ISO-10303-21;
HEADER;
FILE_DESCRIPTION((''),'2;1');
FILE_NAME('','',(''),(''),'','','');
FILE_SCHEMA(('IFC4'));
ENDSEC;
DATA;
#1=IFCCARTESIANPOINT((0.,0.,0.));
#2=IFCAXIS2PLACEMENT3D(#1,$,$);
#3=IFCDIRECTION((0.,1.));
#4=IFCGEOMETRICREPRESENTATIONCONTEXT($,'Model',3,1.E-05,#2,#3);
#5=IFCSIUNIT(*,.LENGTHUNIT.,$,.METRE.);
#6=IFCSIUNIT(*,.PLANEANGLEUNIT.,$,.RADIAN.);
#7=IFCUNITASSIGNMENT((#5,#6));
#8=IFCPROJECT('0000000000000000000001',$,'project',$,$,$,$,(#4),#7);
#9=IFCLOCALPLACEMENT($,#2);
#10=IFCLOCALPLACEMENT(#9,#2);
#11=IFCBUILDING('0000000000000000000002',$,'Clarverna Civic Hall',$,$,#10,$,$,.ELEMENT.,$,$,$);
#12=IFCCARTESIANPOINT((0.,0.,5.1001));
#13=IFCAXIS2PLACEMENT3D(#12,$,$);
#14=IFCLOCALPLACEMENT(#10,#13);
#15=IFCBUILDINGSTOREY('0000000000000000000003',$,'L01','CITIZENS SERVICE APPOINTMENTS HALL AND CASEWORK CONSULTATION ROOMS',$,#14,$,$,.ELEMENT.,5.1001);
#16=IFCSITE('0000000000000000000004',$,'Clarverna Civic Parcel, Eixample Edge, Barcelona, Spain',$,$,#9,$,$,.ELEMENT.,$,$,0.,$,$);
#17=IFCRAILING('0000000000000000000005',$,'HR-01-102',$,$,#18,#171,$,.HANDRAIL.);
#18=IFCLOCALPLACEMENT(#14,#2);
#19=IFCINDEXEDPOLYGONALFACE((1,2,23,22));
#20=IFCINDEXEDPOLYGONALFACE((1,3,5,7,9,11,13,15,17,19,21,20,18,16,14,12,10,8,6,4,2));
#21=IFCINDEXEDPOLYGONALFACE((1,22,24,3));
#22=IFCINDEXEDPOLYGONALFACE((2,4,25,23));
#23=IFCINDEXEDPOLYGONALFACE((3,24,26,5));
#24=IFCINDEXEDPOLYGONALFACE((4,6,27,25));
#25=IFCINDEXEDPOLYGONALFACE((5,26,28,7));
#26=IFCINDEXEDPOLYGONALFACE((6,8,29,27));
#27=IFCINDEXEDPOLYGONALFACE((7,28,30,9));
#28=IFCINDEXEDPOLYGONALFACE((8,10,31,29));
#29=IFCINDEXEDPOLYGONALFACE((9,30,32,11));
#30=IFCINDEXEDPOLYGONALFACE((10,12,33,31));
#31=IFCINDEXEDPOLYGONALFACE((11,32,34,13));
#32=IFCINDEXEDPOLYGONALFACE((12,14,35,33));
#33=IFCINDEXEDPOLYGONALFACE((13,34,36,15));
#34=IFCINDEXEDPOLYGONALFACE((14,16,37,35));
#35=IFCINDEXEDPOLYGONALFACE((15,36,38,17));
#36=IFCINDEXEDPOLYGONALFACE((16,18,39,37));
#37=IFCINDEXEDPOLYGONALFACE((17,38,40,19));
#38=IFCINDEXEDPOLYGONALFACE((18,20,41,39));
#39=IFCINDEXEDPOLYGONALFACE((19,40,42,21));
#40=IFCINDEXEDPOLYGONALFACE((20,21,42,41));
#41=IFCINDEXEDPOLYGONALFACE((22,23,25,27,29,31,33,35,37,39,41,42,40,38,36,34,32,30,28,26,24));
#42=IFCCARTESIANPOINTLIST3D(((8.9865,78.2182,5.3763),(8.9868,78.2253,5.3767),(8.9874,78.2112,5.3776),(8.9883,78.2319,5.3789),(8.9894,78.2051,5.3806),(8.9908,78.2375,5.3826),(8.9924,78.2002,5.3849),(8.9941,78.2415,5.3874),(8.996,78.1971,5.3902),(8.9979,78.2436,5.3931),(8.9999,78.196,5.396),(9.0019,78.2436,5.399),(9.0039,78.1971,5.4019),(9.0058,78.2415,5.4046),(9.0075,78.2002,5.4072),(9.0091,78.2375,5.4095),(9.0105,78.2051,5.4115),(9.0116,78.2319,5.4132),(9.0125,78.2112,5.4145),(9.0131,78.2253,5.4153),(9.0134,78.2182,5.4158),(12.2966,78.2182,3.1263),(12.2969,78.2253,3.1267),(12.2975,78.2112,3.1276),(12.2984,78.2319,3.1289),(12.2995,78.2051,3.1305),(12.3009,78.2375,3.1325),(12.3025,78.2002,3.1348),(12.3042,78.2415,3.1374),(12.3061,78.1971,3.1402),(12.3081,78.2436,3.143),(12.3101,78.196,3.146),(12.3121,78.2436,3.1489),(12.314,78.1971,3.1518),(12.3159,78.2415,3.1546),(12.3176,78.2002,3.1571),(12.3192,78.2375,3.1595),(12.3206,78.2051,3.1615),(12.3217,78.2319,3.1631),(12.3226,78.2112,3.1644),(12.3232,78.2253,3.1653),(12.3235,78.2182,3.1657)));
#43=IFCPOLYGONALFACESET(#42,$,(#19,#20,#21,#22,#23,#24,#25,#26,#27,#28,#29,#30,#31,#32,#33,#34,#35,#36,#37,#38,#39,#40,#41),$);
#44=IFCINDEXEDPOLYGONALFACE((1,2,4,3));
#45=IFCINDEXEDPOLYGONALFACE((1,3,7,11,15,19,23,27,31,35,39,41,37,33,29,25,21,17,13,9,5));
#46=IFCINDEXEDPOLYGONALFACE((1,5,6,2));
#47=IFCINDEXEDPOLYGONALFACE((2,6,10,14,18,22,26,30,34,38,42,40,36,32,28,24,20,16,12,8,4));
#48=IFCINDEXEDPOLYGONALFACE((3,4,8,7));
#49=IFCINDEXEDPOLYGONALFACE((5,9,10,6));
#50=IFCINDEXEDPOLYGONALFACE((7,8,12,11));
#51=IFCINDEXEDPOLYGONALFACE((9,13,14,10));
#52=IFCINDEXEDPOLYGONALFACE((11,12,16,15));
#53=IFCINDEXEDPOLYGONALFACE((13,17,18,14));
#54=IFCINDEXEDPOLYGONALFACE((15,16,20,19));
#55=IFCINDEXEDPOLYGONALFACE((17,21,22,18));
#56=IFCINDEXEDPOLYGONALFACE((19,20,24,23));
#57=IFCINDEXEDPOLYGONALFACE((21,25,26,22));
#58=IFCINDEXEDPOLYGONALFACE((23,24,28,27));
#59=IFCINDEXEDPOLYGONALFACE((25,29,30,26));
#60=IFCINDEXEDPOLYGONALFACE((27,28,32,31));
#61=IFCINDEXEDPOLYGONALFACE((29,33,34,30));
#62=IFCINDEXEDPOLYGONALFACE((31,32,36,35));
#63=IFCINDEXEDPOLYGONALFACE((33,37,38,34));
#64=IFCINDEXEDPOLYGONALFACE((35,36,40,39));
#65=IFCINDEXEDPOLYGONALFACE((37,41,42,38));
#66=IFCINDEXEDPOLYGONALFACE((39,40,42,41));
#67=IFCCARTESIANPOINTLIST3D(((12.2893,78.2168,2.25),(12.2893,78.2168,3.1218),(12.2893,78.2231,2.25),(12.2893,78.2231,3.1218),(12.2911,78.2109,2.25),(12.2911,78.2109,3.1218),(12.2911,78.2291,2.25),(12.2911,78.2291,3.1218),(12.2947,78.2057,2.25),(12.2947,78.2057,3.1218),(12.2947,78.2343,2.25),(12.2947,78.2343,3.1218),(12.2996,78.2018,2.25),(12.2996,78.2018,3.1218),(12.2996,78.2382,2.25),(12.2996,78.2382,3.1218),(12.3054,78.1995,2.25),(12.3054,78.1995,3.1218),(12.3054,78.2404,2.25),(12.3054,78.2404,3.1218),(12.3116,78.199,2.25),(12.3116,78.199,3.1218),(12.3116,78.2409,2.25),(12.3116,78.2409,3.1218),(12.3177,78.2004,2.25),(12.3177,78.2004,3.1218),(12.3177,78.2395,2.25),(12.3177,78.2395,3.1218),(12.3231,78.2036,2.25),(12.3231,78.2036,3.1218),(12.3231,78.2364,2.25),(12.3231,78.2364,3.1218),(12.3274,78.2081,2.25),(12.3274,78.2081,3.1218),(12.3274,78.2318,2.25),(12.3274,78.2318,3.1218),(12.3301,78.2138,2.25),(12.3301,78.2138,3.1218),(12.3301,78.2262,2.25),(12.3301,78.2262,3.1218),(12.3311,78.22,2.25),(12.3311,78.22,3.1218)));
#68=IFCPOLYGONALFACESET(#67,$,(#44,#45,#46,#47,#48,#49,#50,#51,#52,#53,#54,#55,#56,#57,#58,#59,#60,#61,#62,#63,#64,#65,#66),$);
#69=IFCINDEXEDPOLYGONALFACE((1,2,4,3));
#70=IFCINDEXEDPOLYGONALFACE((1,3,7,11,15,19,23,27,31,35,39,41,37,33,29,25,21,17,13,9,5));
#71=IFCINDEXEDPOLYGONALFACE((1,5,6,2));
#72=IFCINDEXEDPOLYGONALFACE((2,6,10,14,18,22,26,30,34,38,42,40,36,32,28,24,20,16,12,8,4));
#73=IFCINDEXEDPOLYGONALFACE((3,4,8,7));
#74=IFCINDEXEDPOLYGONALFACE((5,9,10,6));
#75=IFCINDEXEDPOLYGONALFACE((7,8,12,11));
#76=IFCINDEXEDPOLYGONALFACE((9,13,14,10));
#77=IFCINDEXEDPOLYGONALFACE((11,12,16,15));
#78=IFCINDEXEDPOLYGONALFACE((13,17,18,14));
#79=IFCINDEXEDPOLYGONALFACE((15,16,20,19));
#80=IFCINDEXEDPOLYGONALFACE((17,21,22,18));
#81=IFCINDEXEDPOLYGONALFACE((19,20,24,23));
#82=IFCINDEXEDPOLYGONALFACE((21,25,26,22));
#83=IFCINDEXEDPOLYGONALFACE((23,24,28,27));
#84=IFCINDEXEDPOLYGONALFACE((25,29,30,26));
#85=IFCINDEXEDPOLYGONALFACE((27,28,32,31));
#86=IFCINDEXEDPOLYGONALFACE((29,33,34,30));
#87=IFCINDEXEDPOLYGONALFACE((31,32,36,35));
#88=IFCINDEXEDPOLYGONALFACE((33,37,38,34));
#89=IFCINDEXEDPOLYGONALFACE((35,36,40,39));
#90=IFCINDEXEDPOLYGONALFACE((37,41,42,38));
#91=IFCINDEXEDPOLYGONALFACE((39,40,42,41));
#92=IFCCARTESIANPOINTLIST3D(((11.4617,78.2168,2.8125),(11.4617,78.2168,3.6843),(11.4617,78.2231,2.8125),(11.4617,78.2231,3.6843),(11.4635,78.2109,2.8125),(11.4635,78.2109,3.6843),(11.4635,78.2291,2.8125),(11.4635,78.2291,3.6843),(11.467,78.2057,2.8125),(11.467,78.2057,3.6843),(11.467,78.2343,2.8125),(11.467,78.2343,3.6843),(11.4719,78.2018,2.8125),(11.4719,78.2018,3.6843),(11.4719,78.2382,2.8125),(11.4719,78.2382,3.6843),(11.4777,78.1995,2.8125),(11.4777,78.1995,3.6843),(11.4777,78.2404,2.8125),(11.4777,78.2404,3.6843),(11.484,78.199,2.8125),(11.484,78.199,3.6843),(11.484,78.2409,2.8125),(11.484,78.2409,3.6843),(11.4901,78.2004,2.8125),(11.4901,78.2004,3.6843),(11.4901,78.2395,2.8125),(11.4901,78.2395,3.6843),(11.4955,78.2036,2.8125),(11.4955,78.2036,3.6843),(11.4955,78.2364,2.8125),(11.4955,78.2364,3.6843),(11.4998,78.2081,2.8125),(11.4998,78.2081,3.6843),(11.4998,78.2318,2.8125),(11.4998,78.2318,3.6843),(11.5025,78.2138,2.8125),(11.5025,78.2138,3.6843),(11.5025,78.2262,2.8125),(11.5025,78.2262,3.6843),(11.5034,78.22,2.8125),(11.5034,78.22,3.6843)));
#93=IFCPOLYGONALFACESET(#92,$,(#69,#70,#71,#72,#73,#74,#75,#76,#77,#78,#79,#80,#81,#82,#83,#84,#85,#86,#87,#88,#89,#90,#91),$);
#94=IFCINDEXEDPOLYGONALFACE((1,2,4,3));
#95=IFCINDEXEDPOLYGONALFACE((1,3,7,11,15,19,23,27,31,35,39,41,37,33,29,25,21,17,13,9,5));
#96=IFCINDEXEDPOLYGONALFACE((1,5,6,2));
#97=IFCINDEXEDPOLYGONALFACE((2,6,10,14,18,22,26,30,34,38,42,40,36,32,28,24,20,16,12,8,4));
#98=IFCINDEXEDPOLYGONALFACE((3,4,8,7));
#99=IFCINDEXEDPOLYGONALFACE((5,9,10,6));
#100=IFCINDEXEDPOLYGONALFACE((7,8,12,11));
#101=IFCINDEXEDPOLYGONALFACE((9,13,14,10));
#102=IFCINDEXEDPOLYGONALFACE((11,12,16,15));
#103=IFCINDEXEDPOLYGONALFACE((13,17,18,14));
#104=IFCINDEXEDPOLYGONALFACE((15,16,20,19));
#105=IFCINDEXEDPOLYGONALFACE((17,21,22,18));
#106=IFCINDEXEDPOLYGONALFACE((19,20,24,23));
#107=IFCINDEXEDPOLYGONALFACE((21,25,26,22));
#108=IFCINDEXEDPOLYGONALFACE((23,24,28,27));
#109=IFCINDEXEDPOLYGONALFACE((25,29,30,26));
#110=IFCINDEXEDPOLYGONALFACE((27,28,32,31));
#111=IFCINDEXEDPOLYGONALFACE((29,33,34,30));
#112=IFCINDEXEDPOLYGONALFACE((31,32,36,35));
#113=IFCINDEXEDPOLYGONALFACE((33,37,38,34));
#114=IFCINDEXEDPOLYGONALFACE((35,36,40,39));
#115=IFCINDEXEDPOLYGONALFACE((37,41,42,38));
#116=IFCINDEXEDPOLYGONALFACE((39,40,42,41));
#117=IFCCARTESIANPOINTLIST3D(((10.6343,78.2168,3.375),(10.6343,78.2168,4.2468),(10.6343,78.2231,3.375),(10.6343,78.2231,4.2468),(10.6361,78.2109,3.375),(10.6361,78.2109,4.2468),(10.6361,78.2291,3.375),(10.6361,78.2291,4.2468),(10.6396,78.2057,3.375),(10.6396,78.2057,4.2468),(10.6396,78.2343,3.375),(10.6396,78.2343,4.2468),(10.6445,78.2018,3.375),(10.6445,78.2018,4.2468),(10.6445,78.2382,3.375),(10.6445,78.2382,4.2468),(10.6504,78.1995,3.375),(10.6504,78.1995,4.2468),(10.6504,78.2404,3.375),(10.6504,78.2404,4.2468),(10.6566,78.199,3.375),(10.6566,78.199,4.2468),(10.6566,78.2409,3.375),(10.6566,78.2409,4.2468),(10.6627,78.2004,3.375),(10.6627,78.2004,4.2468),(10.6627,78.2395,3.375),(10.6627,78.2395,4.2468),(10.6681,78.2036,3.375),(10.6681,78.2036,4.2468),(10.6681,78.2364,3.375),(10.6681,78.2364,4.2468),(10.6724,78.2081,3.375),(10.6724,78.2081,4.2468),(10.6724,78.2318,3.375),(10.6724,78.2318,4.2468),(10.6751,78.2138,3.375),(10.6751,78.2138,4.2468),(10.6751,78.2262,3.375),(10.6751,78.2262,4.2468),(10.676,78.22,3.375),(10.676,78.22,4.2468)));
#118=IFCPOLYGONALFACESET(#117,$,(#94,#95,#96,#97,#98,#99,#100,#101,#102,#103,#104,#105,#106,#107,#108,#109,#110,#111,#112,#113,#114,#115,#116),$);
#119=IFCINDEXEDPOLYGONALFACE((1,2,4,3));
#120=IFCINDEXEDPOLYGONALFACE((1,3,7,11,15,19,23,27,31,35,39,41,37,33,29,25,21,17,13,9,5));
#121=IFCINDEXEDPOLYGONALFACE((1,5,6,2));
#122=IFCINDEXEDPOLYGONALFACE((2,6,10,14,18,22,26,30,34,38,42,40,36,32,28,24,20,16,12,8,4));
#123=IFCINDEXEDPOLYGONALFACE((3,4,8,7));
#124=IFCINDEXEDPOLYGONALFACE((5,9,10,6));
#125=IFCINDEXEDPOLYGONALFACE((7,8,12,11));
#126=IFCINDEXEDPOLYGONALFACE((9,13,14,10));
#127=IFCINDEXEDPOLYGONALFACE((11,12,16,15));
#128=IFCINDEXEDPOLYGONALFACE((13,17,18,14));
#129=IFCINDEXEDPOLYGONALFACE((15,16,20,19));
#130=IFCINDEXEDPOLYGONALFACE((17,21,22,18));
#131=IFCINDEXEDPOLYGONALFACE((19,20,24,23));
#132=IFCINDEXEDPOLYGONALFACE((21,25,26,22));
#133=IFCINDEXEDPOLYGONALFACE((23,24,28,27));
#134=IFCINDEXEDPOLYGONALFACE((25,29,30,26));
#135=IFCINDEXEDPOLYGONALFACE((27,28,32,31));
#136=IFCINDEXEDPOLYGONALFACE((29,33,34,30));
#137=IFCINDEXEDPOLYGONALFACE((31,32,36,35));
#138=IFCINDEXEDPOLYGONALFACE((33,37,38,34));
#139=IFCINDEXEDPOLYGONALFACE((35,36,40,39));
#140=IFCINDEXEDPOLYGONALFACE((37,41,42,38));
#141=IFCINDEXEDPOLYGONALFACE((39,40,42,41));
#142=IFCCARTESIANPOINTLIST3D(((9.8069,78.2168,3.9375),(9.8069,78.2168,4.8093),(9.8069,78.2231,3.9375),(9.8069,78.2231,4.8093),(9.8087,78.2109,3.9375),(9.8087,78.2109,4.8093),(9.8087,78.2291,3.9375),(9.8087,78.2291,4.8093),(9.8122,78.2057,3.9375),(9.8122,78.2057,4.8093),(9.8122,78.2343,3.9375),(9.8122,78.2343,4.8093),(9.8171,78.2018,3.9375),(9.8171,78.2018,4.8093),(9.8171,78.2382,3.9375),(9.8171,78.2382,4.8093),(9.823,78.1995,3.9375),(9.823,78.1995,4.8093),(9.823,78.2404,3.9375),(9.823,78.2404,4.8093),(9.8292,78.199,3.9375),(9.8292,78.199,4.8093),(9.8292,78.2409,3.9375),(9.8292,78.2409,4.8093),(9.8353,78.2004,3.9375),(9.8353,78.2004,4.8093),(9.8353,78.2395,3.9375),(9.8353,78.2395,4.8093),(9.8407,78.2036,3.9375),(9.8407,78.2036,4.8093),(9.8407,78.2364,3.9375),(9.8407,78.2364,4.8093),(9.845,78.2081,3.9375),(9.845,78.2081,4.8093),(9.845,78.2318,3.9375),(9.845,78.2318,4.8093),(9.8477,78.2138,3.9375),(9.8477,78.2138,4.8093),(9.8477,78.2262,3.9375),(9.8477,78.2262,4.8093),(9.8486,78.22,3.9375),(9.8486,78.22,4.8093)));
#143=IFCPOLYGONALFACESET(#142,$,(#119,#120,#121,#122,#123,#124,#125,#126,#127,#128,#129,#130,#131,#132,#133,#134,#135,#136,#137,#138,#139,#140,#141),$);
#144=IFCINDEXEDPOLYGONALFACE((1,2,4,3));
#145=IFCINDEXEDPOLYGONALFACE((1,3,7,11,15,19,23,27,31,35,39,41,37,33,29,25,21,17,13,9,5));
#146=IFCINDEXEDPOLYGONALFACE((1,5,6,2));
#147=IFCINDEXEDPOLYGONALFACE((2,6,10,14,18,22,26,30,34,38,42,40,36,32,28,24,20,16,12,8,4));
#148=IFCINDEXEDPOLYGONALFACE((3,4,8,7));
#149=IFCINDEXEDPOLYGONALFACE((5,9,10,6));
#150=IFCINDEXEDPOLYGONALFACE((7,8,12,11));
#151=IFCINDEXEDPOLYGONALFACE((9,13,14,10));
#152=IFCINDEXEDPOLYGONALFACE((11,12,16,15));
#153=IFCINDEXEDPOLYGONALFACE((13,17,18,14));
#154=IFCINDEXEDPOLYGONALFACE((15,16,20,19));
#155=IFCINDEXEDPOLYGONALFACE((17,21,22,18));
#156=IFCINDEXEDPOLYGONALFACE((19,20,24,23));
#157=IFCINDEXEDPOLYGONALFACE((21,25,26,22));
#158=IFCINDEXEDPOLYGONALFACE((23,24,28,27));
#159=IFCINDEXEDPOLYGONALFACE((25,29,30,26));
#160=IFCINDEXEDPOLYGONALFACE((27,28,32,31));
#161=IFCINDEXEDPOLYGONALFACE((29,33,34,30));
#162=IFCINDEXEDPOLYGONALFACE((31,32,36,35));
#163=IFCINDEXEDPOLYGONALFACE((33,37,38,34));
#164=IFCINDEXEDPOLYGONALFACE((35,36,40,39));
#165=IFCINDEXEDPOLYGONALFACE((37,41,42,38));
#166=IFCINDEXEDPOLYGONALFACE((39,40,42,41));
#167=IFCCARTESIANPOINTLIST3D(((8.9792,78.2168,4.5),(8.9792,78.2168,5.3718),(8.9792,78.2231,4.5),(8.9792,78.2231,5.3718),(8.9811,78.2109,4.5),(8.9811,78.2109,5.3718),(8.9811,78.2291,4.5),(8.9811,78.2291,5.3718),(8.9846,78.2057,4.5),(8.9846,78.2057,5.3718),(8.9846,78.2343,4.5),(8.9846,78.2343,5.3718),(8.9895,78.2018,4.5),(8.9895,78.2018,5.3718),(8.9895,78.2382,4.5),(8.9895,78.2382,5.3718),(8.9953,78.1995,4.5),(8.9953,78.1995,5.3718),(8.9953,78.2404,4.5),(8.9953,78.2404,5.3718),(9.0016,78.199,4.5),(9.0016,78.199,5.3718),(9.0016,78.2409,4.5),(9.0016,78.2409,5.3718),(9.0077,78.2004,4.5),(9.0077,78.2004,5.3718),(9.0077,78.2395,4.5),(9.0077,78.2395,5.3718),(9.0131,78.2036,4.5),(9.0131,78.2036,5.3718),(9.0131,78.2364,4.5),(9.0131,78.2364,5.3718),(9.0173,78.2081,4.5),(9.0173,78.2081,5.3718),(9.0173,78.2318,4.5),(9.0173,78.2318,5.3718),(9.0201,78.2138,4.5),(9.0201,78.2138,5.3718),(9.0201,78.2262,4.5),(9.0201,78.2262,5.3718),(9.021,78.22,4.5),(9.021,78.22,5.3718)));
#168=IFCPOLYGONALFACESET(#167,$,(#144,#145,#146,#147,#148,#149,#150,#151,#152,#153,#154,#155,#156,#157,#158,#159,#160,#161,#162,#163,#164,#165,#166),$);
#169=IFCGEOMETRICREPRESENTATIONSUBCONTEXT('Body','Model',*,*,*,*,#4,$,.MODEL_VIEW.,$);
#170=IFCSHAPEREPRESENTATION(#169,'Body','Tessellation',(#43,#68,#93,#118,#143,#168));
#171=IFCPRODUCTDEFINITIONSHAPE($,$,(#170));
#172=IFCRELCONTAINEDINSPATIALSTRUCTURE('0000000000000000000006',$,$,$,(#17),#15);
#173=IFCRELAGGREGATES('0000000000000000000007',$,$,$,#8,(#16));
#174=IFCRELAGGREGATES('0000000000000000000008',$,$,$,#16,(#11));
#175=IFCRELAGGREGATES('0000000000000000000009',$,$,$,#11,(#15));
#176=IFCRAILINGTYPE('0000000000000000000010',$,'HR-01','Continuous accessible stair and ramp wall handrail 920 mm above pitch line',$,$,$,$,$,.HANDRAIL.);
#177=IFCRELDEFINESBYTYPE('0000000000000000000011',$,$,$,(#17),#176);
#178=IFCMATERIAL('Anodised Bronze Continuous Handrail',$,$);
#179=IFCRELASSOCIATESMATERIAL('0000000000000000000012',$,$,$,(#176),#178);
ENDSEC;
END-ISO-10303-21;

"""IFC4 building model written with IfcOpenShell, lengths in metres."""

from ifc_helpers import new_model, si_unit, direction, frame, origin, origin_2d, place, context, subcontext, project, spatial, circle, extrude, material, type_object, element, save


model = new_model("IFC4")

# Units and contexts
model_context = context("Model", 3, precision=1e-05, world=origin(), true_north=direction((0.0, 1.0)))
body_context = subcontext(model_context, "Body", "Model", "MODEL_VIEW")
ifc_project = project(units=[si_unit("LENGTHUNIT", "METRE"), si_unit("PLANEANGLEUNIT", "RADIAN")], contexts=[model_context])

# Site, building, storey
site_placement = place(None, origin())
site = spatial("IfcSite", under=ifc_project, at=site_placement, Name="Clarverna Civic Parcel, Eixample Edge, Barcelona, Spain", CompositionType="ELEMENT", RefElevation=0.0)
building_placement = place(site_placement, origin())
building = spatial("IfcBuilding", under=site, at=building_placement, Name="Clarverna Civic Hall", CompositionType="ELEMENT")
storey_placement = place(building_placement, frame((0.0, 0.0, 5.1001)))
storey = spatial("IfcBuildingStorey", under=building, at=storey_placement, Name="L01", Description="CITIZENS SERVICE APPOINTMENTS HALL AND CASEWORK CONSULTATION ROOMS", CompositionType="ELEMENT", Elevation=5.1001)

# Railing
ifc_material_1 = material(Name="Anodised Bronze Continuous Handrail")
railing_type_1 = type_object("IfcRailingType", Name="HR-01", Description="Continuous accessible stair and ramp wall handrail 920 mm above pitch line", PredefinedType="HANDRAIL", material=ifc_material_1)
railing_1_placement = place(storey_placement, frame((12.3101, 78.22, 2.25)))
element("IfcRailing", 1, at=railing_1_placement, inside=storey, type_object=railing_type_1, Name="HR-01-102", PredefinedType="HANDRAIL", context=body_context, shape_type="SweptSolid", body=[
    extrude(circle(Radius=0.0239, at=origin_2d()), frame((0.0, 0.0, 0.896), z_axis=(-0.827024, 0.0, 0.562167), x_axis=(0.0, -1.0, 0.0)), (0.0, 0.0, 1.0), 4.0024),
    extrude(circle(Radius=0.021, at=origin_2d()), origin(), (0.0, 0.0, 1.0), 0.8718),
    extrude(circle(Radius=0.021, at=origin_2d()), frame((-0.8276, 0.0, 0.5625)), (0.0, 0.0, 1.0), 0.8718),
    extrude(circle(Radius=0.021, at=origin_2d()), frame((-1.655, 0.0, 1.125)), (0.0, 0.0, 1.0), 0.8718),
    extrude(circle(Radius=0.021, at=origin_2d()), frame((-2.4824, 0.0, 1.6875)), (0.0, 0.0, 1.0), 0.8718),
    extrude(circle(Radius=0.021, at=origin_2d()), frame((-3.3101, 0.0, 2.25)), (0.0, 0.0, 1.0), 0.8718),
])

save(model, "model.ifc")
